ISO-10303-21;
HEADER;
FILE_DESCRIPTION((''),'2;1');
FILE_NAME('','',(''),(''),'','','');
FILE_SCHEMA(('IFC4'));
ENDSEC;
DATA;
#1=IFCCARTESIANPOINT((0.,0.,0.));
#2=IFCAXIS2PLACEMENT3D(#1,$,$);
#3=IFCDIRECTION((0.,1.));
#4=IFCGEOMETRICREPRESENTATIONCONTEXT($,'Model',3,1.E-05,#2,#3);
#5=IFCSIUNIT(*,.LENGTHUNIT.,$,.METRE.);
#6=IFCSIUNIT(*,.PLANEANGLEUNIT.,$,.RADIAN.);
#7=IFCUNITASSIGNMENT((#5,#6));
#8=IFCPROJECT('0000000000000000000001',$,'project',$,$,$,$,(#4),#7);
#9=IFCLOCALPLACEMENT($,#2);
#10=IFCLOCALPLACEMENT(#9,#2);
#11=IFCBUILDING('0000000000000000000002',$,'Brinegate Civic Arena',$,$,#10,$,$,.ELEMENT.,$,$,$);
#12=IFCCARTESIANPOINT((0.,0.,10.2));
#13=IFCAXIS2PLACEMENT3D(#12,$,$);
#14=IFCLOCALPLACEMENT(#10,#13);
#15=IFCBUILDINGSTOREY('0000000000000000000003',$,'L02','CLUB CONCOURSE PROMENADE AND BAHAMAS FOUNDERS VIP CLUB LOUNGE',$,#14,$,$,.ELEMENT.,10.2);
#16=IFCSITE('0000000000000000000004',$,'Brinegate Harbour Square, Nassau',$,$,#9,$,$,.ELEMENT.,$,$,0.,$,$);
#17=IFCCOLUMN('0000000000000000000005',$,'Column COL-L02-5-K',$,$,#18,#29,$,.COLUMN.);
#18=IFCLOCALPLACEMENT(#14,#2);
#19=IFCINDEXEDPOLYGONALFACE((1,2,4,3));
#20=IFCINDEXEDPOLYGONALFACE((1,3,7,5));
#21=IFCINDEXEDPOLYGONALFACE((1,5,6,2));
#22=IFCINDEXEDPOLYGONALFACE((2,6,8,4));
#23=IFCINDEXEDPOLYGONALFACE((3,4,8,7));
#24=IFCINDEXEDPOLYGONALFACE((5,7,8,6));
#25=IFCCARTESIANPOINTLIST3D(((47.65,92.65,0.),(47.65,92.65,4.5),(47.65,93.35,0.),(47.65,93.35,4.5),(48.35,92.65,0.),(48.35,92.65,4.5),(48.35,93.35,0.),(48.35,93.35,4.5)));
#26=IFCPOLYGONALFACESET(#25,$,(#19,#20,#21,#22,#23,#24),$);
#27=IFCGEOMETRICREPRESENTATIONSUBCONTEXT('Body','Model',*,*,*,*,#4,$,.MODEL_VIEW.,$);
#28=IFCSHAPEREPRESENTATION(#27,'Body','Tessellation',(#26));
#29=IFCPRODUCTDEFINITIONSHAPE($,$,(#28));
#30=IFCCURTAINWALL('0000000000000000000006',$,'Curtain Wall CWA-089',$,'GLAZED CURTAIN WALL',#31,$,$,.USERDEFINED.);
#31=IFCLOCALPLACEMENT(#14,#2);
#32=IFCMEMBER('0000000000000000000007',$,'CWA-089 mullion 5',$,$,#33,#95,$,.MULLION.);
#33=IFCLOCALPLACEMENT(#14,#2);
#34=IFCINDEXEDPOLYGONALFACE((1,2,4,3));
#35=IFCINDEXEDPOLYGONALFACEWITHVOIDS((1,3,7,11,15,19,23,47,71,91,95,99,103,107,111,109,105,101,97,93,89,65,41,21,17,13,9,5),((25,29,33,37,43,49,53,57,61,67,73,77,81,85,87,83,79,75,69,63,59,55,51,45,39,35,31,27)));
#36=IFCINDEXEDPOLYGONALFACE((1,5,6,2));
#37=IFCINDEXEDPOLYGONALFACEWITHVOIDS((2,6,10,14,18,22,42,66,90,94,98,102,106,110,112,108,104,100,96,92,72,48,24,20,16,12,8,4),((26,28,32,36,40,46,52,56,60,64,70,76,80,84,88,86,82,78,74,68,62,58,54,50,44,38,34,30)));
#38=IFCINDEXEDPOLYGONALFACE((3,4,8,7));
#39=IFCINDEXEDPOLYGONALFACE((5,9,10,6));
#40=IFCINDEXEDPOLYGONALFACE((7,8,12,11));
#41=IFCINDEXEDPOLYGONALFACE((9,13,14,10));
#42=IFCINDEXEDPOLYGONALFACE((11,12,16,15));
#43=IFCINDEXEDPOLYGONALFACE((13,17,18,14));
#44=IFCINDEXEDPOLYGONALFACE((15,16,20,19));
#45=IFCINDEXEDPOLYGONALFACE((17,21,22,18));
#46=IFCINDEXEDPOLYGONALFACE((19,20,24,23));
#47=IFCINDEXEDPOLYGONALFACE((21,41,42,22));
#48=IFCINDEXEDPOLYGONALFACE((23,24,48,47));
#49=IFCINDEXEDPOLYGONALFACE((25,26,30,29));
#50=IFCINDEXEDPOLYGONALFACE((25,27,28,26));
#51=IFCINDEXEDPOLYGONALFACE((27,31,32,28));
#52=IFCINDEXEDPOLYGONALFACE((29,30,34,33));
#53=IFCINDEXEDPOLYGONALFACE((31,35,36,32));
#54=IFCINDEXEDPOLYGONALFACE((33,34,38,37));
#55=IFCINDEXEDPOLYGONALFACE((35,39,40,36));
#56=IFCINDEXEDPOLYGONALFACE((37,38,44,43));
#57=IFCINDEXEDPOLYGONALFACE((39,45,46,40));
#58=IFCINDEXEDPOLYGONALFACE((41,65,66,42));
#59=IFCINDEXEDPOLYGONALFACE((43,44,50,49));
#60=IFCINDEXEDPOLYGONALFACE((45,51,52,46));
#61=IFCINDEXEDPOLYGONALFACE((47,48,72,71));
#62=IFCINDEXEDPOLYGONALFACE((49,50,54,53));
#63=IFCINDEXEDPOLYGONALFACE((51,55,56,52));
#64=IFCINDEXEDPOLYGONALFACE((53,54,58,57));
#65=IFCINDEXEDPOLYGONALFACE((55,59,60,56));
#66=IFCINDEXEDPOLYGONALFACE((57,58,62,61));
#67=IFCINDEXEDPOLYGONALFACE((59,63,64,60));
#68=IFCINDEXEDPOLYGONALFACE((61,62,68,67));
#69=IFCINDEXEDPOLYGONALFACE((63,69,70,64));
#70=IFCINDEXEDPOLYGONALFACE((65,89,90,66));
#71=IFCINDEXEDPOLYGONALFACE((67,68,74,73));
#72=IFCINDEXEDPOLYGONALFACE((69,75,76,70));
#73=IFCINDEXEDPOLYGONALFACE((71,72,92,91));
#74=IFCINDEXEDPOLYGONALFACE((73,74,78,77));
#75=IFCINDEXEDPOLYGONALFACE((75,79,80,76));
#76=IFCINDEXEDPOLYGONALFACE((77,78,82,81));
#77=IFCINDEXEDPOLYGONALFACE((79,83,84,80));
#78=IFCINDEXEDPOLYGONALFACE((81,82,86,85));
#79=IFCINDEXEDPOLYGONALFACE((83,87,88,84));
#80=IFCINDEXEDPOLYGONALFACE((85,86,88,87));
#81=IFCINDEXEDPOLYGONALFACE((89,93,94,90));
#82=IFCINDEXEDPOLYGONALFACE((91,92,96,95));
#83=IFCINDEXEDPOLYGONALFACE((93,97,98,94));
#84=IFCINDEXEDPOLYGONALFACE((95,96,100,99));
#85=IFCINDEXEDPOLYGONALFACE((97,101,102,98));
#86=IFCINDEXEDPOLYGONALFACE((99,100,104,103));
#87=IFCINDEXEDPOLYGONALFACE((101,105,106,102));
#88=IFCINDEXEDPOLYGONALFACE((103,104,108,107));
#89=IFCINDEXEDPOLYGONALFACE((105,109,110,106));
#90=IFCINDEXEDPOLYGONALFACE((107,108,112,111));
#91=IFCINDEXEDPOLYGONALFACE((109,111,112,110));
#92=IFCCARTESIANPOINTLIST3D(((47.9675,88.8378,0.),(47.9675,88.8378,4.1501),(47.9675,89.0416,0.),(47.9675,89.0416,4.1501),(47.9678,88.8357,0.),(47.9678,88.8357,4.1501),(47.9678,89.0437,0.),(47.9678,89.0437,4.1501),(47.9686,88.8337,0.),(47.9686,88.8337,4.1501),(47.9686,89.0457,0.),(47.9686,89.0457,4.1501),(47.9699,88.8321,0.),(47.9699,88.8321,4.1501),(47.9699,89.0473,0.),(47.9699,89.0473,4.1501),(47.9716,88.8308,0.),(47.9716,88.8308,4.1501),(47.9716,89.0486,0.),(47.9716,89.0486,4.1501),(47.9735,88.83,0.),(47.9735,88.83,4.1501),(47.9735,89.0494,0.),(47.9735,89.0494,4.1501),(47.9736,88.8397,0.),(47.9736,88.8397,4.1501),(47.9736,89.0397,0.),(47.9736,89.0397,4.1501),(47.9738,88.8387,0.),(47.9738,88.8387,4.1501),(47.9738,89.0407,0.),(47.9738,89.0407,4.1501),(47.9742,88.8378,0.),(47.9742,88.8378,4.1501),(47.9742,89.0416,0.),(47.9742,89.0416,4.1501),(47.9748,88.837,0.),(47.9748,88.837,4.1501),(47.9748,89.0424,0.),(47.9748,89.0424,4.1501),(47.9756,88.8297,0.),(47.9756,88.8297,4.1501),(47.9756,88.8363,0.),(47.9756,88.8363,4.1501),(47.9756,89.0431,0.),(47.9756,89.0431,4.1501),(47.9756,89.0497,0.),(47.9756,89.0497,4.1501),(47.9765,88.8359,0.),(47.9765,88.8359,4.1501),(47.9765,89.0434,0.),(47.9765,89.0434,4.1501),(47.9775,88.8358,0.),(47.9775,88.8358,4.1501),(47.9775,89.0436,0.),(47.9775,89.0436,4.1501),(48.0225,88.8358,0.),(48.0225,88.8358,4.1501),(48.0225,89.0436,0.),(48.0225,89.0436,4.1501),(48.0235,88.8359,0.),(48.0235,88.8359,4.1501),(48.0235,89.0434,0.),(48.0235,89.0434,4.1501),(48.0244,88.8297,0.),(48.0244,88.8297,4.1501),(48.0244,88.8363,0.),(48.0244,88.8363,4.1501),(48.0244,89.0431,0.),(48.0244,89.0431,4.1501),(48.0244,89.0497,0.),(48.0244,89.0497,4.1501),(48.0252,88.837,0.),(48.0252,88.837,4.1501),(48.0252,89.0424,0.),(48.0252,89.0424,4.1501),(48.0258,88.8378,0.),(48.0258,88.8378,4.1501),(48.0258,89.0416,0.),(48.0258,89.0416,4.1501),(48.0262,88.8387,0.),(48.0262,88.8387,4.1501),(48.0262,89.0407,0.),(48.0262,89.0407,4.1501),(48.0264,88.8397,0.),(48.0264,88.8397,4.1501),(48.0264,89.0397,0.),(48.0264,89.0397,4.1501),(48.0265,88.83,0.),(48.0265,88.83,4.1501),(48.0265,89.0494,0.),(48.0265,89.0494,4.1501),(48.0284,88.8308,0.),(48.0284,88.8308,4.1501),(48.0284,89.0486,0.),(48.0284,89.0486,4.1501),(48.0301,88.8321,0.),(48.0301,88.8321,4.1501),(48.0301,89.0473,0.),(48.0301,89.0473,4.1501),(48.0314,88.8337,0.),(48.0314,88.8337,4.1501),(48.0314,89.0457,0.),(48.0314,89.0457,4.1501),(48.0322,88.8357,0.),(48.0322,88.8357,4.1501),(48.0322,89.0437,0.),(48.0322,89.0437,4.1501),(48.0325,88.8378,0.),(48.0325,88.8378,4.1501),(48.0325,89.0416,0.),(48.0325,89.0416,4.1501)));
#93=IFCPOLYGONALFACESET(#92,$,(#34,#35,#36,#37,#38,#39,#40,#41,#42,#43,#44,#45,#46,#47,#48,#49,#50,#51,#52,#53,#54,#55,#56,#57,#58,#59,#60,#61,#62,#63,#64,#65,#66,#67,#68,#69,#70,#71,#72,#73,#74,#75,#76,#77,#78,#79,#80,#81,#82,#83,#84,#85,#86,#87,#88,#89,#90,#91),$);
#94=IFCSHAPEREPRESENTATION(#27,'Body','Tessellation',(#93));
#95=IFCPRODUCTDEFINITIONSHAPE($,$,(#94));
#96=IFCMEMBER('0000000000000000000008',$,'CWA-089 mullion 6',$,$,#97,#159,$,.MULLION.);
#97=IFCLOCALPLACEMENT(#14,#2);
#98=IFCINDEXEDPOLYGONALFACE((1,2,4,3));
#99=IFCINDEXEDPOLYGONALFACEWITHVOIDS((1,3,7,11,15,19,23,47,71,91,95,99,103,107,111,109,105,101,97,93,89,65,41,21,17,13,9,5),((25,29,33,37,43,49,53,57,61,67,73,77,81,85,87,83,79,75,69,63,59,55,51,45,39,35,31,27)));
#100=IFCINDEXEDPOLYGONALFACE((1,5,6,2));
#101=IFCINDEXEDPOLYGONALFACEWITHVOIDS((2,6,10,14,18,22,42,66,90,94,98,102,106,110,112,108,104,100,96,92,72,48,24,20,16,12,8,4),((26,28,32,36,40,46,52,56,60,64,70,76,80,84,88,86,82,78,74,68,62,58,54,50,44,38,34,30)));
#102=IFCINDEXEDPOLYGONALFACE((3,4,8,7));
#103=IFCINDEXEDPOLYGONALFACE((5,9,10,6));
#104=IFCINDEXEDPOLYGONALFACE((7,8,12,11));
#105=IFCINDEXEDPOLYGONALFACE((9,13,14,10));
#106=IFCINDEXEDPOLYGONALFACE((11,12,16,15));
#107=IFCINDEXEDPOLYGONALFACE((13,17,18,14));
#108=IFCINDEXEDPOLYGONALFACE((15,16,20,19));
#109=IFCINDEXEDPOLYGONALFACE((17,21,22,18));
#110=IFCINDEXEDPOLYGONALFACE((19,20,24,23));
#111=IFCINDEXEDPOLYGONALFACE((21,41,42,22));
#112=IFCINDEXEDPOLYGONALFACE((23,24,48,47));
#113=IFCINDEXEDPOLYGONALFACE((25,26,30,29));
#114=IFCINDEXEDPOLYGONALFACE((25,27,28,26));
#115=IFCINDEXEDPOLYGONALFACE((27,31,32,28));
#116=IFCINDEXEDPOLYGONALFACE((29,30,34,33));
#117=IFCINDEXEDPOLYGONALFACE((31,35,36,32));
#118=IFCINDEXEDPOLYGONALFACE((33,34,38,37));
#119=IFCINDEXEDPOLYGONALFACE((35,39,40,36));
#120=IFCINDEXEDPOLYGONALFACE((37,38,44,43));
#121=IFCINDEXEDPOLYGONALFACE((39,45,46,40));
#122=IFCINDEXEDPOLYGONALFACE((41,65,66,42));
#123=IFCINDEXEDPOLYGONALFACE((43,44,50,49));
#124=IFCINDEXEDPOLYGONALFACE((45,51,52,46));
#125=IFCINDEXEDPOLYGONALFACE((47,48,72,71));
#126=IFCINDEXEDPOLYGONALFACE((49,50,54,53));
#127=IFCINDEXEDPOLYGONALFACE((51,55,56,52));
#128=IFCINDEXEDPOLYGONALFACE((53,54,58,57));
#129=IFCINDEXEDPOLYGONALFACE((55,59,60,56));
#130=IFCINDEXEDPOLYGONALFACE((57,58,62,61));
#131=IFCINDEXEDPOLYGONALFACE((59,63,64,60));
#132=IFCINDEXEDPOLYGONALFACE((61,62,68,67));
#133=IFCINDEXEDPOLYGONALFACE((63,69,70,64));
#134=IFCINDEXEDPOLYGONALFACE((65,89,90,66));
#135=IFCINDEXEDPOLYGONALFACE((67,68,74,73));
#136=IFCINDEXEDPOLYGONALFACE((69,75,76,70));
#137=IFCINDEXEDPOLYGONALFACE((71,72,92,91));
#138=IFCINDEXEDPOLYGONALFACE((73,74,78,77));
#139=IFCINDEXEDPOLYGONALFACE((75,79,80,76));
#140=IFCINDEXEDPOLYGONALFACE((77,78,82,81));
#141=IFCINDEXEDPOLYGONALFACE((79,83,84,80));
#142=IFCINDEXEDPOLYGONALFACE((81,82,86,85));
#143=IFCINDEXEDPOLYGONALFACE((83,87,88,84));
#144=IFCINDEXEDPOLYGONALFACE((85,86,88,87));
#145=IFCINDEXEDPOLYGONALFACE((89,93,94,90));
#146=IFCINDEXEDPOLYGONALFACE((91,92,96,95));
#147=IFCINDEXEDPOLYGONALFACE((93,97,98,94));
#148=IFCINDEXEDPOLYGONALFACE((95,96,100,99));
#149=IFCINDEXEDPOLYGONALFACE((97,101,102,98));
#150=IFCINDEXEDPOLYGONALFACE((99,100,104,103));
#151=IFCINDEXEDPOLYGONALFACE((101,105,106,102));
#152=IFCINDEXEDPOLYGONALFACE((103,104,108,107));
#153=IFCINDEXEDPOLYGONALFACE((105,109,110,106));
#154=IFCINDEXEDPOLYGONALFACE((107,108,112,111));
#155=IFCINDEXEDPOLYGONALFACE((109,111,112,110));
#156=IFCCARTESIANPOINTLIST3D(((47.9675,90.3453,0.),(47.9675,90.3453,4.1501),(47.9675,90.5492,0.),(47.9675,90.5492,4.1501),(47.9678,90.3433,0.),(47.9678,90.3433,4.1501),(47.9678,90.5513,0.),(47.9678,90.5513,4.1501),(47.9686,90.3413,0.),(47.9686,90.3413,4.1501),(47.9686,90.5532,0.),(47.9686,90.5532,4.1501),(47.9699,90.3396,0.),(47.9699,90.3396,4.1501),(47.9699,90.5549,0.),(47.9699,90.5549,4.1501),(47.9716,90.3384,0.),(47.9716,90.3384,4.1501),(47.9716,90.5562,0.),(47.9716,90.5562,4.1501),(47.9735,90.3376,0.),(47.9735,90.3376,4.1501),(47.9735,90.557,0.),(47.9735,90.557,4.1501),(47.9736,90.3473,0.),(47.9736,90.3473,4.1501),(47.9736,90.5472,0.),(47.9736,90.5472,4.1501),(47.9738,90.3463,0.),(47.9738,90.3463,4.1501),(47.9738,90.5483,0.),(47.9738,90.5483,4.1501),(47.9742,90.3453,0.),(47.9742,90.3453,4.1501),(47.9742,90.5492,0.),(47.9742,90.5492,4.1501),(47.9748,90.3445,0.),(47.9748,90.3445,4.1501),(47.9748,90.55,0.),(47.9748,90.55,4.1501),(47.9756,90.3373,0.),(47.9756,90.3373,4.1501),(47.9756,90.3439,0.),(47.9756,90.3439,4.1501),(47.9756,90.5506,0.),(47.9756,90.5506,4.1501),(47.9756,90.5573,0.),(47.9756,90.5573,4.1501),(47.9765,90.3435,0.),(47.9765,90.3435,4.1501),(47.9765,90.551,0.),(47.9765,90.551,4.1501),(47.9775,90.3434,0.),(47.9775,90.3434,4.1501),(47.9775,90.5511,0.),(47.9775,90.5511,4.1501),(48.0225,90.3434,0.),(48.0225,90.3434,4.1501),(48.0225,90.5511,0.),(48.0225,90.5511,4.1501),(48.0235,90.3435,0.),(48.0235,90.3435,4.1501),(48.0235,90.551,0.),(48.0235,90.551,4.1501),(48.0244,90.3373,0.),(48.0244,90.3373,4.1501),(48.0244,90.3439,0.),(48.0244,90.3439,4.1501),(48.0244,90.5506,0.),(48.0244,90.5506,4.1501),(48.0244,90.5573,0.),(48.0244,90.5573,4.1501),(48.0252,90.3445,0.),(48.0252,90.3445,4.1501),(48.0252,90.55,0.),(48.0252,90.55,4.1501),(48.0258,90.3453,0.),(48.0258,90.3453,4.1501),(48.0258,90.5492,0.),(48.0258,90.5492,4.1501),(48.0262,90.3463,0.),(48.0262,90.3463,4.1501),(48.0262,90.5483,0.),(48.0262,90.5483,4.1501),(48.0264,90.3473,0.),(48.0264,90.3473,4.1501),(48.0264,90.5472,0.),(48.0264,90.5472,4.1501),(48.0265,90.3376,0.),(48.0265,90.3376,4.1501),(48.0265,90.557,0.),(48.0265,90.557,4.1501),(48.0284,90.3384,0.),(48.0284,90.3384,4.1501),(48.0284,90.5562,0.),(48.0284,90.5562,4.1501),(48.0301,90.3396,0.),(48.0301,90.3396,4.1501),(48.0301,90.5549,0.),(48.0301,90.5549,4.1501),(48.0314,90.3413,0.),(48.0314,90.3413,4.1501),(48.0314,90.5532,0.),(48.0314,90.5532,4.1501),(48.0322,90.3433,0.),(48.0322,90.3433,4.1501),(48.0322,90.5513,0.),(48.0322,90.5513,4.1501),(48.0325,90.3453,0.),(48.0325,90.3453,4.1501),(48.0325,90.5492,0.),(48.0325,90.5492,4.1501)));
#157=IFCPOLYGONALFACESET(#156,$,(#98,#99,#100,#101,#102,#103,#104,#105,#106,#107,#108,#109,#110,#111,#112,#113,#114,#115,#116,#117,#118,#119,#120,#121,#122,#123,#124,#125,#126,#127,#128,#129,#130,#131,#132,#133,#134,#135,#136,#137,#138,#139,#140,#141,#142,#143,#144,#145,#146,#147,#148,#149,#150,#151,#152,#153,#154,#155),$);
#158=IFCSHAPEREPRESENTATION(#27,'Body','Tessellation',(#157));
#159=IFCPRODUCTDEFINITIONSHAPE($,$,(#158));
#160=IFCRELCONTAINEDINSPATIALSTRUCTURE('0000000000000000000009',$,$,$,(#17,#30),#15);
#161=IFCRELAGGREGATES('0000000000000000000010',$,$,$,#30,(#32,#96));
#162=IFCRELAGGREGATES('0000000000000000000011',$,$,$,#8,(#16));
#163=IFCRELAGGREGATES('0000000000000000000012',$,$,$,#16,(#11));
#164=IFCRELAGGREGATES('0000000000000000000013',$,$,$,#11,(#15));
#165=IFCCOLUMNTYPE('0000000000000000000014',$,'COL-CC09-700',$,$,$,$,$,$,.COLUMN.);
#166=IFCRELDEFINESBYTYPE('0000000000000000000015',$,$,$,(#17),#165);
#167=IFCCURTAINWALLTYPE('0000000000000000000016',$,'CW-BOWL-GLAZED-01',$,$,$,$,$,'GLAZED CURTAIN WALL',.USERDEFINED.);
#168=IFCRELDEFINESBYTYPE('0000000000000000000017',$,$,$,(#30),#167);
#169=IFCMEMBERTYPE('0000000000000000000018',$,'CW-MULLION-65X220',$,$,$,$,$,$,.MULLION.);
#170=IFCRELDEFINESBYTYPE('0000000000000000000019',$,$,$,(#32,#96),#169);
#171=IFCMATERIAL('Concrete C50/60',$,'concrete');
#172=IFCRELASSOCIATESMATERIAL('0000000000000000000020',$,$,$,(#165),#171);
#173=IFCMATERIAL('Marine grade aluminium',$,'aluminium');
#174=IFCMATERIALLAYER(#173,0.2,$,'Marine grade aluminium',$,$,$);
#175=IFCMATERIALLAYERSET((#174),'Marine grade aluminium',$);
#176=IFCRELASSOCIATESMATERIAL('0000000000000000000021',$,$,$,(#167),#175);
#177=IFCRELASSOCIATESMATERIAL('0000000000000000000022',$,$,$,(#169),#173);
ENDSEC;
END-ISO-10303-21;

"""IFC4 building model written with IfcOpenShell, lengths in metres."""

from ifc_helpers import new_model, si_unit, direction, frame, origin, origin_2d, place, context, subcontext, project, spatial, rectangle, hollow_rectangle, extrude, material, layer, layer_set, material_profile, profile_set, type_object, element, aggregate, save


model = new_model("IFC4")

# Units and contexts
model_context = context("Model", 3, precision=1e-05, world=origin(), true_north=direction((0.0, 1.0)))
body_context = subcontext(model_context, "Body", "Model", "MODEL_VIEW")
ifc_project = project(units=[si_unit("LENGTHUNIT", "METRE"), si_unit("PLANEANGLEUNIT", "RADIAN")], contexts=[model_context])

# Site, building, storey
site_placement = place(None, origin())
site = spatial("IfcSite", under=ifc_project, at=site_placement, Name="Brinegate Harbour Square, Nassau", CompositionType="ELEMENT", RefElevation=0.0)
building_placement = place(site_placement, origin())
building = spatial("IfcBuilding", under=site, at=building_placement, Name="Brinegate Civic Arena", CompositionType="ELEMENT")
storey_placement = place(building_placement, frame((0.0, 0.0, 10.2)))
storey = spatial("IfcBuildingStorey", under=building, at=storey_placement, Name="L02", Description="CLUB CONCOURSE PROMENADE AND BAHAMAS FOUNDERS VIP CLUB LOUNGE", CompositionType="ELEMENT", Elevation=10.2)

# Column
ifc_material_1 = material(Name="Concrete C50/60", Category="concrete")
ifc_material_profile_1 = material_profile(ifc_material_1, rectangle(XDim=0.7, YDim=0.7, at=origin_2d()), Name="RC700X700")
ifc_profile_set_1 = profile_set([ifc_material_profile_1], Name="Concrete C50/60")
column_type = type_object("IfcColumnType", Name="COL-CC09-700", PredefinedType="COLUMN", material=ifc_profile_set_1)
column_placement = place(storey_placement, frame((48.0, 93.0, 0.0), z_axis=(0.0, 0.0, 1.0), x_axis=(1.0, 0.0, 0.0)))
element("IfcColumn", 1, at=column_placement, inside=storey, type_object=column_type, Name="Column COL-L02-5-K", PredefinedType="COLUMN", context=body_context, shape_type="SweptSolid", body=[
    extrude(rectangle(XDim=0.7, YDim=0.7, at=origin_2d()), origin(), (0.0, 0.0, 1.0), 4.5),
])

# Curtain wall, members
ifc_material_2 = material(Name="Marine grade aluminium", Category="aluminium")
ifc_layer_1 = layer(ifc_material_2, 0.2, Name="Marine grade aluminium")
ifc_layer_set_1 = layer_set([ifc_layer_1], Name="Marine grade aluminium")
curtain_wall_type = type_object("IfcCurtainWallType", Name="CW-BOWL-GLAZED-01", ElementType="GLAZED CURTAIN WALL", PredefinedType="USERDEFINED", material=ifc_layer_set_1)
curtain_wall_placement = place(storey_placement, origin())
curtain_wall = element("IfcCurtainWall", 2, at=curtain_wall_placement, inside=storey, type_object=curtain_wall_type, Name="Curtain Wall CWA-089", ObjectType="GLAZED CURTAIN WALL", PredefinedType="USERDEFINED")
ifc_material_profile_2 = material_profile(ifc_material_2, hollow_rectangle(XDim=0.0649, YDim=0.22, WallThickness=0.0061, InnerFilletRadius=0.0039, OuterFilletRadius=0.0081, at=origin_2d()), Name="MUL65X220")
ifc_profile_set_2 = profile_set([ifc_material_profile_2], Name="Marine grade aluminium")
member_type_1 = type_object("IfcMemberType", Name="CW-MULLION-65X220", PredefinedType="MULLION", material=ifc_profile_set_2)
member_1_placement = place(storey_placement, frame((48.0, 88.9397, 0.0), z_axis=(0.0, 0.0, 1.0), x_axis=(-1.0, 0.0, 0.0)))
member_1 = element("IfcMember", 3, at=member_1_placement, type_object=member_type_1, Name="CWA-089 mullion 5", PredefinedType="MULLION", context=body_context, shape_type="SweptSolid", body=[
    extrude(hollow_rectangle(XDim=0.0649, YDim=0.22, WallThickness=0.0061, InnerFilletRadius=0.0039, OuterFilletRadius=0.0081, at=origin_2d()), origin(), (0.0, 0.0, 1.0), 4.1501),
])
member_2_placement = place(storey_placement, frame((48.0, 90.4473, 0.0), z_axis=(0.0, 0.0, 1.0), x_axis=(-1.0, 0.0, 0.0)))
member_2 = element("IfcMember", 4, at=member_2_placement, type_object=member_type_1, Name="CWA-089 mullion 6", PredefinedType="MULLION", context=body_context, shape_type="SweptSolid", body=[
    extrude(hollow_rectangle(XDim=0.0649, YDim=0.22, WallThickness=0.0061, InnerFilletRadius=0.0039, OuterFilletRadius=0.0081, at=origin_2d()), origin(), (0.0, 0.0, 1.0), 4.1501),
])

aggregate(curtain_wall, [member_1, member_2])

save(model, "model.ifc")
